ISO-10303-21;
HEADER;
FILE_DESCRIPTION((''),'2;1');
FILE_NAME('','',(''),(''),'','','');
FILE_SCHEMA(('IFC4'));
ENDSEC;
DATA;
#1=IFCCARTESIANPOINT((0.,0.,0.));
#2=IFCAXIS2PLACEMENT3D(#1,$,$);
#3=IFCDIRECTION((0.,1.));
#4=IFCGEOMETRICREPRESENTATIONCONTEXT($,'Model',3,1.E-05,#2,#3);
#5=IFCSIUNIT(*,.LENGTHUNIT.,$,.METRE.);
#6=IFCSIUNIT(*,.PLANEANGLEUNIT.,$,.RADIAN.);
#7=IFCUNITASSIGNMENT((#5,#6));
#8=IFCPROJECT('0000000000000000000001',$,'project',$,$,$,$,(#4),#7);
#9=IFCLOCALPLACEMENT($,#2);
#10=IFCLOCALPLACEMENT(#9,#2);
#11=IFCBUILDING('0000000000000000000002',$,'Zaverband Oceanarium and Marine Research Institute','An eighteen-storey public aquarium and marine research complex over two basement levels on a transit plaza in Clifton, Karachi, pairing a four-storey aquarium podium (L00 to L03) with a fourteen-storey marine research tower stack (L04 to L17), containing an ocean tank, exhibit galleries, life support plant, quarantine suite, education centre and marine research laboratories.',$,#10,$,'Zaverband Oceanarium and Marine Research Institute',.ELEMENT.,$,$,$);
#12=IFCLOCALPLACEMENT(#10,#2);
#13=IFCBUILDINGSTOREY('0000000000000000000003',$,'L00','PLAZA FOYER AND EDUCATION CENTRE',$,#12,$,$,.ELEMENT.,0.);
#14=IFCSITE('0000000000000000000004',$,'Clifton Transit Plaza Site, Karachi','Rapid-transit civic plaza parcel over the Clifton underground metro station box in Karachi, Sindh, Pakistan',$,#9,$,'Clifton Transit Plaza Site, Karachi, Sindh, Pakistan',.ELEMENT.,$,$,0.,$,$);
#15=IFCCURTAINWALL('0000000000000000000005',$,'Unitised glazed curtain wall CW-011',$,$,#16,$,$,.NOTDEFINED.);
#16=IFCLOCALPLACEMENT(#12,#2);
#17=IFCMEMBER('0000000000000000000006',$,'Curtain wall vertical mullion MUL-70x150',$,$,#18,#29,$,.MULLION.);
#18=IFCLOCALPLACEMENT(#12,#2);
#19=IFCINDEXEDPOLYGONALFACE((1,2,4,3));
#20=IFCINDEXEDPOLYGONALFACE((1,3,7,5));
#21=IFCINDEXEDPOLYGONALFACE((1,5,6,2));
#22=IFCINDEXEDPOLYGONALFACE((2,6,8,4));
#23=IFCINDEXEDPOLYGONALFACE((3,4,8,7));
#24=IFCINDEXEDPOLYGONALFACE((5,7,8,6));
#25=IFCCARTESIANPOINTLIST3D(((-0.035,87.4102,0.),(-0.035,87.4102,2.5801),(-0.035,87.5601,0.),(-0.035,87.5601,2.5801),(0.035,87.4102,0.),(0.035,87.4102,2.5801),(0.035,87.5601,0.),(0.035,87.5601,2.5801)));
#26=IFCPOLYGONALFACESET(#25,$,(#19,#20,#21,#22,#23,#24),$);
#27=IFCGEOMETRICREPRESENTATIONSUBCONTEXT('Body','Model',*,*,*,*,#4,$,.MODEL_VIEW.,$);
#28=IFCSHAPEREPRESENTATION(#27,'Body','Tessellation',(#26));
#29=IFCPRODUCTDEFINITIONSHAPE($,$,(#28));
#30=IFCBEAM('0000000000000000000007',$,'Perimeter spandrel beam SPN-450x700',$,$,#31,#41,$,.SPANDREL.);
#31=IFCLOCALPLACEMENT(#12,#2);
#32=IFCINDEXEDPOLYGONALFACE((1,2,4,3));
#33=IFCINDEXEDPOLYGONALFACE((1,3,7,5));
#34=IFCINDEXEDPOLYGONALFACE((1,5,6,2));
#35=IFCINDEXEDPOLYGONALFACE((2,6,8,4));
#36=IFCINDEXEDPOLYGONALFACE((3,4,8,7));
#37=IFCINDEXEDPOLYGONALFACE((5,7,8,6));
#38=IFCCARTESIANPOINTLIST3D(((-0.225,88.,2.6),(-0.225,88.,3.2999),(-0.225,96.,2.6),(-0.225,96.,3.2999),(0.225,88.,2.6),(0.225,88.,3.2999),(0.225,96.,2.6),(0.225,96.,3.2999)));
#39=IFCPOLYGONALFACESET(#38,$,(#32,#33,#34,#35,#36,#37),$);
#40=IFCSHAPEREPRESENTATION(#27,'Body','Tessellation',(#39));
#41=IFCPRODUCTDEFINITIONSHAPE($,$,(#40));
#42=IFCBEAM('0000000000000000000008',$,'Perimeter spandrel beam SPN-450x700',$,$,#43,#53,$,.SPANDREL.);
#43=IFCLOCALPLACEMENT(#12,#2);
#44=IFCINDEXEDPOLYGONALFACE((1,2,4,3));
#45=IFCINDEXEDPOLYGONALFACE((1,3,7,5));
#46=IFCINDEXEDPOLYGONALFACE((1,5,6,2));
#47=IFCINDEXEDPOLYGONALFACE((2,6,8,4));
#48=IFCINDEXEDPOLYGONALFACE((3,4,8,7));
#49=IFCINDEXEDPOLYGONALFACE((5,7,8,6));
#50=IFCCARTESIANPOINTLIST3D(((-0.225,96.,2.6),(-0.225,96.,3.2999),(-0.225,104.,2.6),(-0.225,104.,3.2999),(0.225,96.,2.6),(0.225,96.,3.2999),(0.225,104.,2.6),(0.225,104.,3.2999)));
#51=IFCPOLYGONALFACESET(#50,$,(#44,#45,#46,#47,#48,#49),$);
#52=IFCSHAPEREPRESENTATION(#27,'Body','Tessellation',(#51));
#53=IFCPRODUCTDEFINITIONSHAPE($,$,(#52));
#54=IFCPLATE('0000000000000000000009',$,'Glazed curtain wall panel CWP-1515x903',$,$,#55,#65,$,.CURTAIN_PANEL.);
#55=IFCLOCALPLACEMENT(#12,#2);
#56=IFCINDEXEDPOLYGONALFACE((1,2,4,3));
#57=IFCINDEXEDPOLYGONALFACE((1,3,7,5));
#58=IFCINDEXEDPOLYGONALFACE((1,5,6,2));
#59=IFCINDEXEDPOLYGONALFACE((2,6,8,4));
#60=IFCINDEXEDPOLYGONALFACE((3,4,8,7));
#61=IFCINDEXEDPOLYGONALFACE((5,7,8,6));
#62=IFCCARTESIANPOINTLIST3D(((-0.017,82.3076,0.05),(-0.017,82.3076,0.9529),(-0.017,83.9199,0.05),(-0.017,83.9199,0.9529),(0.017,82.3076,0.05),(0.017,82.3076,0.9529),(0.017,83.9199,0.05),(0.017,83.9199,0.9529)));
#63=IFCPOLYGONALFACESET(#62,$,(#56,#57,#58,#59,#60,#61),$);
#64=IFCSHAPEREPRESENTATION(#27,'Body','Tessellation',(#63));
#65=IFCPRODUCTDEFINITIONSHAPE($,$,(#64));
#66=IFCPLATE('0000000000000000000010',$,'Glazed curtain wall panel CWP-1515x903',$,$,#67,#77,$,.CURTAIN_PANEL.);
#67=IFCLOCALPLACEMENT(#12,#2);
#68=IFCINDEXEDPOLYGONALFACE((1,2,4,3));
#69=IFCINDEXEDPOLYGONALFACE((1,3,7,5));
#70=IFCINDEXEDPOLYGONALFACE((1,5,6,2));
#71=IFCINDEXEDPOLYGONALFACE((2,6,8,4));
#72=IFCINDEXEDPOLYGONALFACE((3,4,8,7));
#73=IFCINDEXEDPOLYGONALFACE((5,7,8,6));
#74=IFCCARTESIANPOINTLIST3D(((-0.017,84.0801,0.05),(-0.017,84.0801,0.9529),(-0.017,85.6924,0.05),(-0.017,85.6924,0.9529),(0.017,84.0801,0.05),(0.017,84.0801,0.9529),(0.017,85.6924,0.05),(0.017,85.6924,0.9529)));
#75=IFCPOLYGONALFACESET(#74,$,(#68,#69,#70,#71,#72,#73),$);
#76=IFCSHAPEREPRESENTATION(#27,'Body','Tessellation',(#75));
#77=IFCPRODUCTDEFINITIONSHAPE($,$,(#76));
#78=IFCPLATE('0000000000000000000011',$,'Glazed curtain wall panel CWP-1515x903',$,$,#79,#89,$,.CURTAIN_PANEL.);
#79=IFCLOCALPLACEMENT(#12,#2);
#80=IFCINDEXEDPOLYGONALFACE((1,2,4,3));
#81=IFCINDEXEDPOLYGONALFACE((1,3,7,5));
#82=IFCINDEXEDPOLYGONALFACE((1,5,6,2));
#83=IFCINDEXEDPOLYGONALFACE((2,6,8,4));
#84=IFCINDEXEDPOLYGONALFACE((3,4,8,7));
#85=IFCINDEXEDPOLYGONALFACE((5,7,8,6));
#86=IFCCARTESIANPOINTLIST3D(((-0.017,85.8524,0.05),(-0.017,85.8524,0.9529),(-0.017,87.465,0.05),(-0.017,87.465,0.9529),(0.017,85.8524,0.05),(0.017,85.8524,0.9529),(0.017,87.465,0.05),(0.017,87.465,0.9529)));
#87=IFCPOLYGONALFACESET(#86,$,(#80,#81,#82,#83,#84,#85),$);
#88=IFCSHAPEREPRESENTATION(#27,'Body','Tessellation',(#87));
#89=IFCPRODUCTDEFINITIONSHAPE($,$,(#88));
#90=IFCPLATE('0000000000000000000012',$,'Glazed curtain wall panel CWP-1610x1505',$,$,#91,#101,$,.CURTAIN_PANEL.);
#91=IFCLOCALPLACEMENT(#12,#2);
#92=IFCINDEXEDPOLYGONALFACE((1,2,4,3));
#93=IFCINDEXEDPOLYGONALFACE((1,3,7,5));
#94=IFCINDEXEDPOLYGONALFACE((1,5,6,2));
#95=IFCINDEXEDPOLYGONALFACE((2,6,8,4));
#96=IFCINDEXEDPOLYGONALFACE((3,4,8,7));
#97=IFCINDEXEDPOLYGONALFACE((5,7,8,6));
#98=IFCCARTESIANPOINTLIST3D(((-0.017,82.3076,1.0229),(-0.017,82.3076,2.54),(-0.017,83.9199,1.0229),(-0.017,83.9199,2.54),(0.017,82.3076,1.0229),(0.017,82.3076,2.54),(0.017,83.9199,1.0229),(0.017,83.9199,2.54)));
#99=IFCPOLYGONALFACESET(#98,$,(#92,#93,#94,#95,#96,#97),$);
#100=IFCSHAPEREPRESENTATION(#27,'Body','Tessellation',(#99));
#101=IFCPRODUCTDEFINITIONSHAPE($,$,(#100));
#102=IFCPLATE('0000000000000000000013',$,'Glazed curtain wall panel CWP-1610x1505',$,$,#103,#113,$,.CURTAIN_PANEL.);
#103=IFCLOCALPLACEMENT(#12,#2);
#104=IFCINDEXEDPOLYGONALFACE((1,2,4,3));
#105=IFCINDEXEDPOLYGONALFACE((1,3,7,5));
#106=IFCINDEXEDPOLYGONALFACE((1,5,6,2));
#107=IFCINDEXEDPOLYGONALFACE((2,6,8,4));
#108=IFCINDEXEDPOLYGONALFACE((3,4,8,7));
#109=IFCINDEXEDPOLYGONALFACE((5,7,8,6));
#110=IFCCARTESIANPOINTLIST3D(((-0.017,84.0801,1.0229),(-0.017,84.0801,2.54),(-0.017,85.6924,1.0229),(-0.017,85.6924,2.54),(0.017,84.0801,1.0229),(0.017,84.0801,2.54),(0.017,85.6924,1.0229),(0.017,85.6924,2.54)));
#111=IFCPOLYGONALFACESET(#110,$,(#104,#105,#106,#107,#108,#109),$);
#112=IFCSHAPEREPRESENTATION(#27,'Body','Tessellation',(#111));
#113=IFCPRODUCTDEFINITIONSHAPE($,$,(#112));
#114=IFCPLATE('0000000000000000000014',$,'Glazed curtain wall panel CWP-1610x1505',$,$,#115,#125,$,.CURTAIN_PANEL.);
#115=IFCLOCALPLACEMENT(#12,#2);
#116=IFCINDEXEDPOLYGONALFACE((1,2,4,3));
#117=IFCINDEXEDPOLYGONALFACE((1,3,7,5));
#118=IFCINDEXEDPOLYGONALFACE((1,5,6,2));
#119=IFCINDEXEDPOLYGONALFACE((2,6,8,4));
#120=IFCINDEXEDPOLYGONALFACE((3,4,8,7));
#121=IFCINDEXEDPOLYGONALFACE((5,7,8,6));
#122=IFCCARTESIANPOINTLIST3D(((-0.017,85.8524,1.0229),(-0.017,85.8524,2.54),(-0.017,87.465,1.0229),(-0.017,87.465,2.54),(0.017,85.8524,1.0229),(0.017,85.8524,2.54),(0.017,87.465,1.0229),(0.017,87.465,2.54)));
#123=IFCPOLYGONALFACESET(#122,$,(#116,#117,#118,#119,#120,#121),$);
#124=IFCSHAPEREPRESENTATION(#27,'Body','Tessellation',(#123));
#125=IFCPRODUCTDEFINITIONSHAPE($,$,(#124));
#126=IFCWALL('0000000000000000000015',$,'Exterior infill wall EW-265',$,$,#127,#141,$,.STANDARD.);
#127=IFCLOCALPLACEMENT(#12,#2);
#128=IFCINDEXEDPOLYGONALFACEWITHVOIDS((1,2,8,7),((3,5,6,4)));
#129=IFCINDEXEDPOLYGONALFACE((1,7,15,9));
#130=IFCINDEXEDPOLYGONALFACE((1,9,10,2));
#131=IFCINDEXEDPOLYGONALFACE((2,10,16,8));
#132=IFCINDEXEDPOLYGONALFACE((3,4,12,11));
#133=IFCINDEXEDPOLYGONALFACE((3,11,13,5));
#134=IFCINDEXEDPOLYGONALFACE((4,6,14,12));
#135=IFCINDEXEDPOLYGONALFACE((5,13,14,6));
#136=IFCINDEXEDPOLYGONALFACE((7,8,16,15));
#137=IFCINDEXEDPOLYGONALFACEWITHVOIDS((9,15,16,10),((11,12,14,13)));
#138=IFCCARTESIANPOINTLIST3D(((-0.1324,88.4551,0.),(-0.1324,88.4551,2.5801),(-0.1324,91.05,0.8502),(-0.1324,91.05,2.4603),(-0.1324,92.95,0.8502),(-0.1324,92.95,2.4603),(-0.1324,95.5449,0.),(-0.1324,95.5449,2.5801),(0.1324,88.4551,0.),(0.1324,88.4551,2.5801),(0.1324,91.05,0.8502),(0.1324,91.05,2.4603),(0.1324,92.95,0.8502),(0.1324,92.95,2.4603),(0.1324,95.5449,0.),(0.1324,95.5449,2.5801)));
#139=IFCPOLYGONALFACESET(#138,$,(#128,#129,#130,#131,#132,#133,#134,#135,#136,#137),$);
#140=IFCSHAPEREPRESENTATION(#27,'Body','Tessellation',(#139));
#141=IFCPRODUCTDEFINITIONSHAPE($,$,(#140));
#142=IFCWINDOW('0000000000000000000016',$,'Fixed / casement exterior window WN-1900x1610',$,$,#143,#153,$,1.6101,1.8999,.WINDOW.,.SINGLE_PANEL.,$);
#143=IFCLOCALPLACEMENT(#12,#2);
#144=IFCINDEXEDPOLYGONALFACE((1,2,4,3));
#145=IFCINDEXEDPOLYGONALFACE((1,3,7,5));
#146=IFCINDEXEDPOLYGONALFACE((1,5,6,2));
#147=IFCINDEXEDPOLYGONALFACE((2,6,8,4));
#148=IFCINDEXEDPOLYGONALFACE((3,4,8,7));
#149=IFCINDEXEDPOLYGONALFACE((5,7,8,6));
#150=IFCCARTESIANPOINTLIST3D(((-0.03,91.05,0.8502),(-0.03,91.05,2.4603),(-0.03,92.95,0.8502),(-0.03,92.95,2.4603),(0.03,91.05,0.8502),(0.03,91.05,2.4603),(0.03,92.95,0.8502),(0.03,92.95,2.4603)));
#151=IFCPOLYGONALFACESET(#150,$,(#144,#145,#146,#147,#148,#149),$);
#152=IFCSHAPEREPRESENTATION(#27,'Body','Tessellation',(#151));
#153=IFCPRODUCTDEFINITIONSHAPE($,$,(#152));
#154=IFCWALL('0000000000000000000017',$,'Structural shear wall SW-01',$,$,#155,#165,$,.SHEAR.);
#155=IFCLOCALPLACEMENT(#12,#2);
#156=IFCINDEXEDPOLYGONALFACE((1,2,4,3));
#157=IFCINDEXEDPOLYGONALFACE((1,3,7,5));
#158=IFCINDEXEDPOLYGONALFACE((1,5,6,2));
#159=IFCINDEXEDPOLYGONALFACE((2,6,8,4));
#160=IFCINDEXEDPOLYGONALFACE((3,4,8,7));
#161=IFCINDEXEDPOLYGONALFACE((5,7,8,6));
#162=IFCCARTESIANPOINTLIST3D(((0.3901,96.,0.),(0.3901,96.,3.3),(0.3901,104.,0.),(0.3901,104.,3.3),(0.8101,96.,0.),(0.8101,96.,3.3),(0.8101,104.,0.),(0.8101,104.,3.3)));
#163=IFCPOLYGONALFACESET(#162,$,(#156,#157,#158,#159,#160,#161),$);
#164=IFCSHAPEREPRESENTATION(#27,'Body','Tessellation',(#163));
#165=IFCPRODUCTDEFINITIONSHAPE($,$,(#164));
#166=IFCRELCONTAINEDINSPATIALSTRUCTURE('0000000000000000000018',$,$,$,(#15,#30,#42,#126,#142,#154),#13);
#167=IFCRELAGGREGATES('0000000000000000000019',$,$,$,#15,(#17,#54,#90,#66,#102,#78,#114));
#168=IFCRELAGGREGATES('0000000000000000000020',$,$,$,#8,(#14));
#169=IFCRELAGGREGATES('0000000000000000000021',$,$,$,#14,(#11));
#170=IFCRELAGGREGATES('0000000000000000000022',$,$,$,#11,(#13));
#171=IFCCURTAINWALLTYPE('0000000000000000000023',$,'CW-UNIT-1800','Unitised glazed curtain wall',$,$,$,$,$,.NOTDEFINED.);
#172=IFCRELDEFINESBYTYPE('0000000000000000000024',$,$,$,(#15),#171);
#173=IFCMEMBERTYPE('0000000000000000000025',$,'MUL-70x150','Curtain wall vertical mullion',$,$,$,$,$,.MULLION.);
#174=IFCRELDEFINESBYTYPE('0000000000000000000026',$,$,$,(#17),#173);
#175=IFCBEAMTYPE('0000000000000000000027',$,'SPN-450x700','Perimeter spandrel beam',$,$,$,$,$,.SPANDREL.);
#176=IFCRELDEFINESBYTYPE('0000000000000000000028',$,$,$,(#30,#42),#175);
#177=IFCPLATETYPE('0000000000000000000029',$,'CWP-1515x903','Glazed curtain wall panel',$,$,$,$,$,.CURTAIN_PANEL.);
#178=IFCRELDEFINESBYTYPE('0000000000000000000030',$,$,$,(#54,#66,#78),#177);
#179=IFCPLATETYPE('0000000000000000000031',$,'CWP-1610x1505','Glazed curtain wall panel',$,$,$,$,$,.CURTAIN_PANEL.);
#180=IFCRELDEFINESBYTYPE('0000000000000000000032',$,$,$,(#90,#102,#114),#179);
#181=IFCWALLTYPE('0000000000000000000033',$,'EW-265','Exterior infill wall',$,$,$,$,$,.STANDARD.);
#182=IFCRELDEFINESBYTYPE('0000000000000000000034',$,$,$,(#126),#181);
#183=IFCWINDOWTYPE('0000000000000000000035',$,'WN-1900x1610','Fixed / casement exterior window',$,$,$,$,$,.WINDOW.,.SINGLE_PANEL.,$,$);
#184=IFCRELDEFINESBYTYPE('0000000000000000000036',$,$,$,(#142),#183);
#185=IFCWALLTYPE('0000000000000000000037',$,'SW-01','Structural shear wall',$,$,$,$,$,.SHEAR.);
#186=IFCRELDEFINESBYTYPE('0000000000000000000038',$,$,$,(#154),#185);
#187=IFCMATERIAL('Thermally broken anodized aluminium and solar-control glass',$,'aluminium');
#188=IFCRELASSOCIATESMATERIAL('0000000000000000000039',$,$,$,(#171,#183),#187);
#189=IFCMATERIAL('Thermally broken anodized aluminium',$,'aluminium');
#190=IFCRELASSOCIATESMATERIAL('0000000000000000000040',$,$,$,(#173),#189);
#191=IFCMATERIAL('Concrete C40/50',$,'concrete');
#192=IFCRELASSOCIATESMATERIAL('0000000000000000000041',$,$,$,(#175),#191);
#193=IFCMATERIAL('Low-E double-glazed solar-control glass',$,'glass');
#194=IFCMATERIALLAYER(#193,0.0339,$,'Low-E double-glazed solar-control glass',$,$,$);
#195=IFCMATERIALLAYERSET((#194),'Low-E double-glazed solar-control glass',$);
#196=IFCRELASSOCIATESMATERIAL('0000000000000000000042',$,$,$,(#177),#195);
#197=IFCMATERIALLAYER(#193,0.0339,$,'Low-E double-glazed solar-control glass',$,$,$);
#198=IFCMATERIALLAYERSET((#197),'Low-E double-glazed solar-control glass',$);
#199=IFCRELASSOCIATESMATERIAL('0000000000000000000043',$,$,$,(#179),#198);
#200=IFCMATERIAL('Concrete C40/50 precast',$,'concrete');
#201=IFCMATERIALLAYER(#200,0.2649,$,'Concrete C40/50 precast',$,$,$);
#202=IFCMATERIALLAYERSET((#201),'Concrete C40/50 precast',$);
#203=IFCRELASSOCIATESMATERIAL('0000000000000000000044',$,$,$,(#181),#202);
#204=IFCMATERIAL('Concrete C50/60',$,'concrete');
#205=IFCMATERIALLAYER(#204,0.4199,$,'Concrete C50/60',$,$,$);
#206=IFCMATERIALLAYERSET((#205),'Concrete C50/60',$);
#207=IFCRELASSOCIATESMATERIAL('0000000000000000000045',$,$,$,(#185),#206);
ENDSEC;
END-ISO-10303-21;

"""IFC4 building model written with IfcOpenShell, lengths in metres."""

from ifc_helpers import new_model, si_unit, direction, frame, frame_2d, origin, origin_2d, place, context, subcontext, project, spatial, rectangle, extrude, material, layer, layer_set, material_profile, profile_set, type_object, element, fill, aggregate, save


model = new_model("IFC4")

# Units and contexts
model_context = context("Model", 3, precision=1e-05, world=origin(), true_north=direction((0.0, 1.0)))
body_context = subcontext(model_context, "Body", "Model", "MODEL_VIEW")
ifc_project = project(units=[si_unit("LENGTHUNIT", "METRE"), si_unit("PLANEANGLEUNIT", "RADIAN")], contexts=[model_context])

# Site, building, storey
site_placement = place(None, origin())
site = spatial("IfcSite", under=ifc_project, at=site_placement, Name="Clifton Transit Plaza Site, Karachi", Description="Rapid-transit civic plaza parcel over the Clifton underground metro station box in Karachi, Sindh, Pakistan", LongName="Clifton Transit Plaza Site, Karachi, Sindh, Pakistan", CompositionType="ELEMENT", RefElevation=0.0)
building_placement = place(site_placement, origin())
building = spatial("IfcBuilding", under=site, at=building_placement, Name="Zaverband Oceanarium and Marine Research Institute", Description="An eighteen-storey public aquarium and marine research complex over two basement levels on a transit plaza in Clifton, Karachi, pairing a four-storey aquarium podium (L00 to L03) with a fourteen-storey marine research tower stack (L04 to L17), containing an ocean tank, exhibit galleries, life support plant, quarantine suite, education centre and marine research laboratories.", LongName="Zaverband Oceanarium and Marine Research Institute", CompositionType="ELEMENT")
storey_placement = place(building_placement, origin())
storey = spatial("IfcBuildingStorey", under=building, at=storey_placement, Name="L00", Description="PLAZA FOYER AND EDUCATION CENTRE", CompositionType="ELEMENT", Elevation=0.0)

# Shared definitions
ifc_material_1 = material(Name="Concrete C50/60", Category="concrete")

# Shared definitions
ifc_material_2 = material(Name="Concrete C40/50", Category="concrete")

# Curtain wall, member
ifc_material_3 = material(Name="Thermally broken anodized aluminium and solar-control glass", Category="aluminium")
curtain_wall_type = type_object("IfcCurtainWallType", Name="CW-UNIT-1800", Description="Unitised glazed curtain wall", PredefinedType="NOTDEFINED", material=ifc_material_3)
curtain_wall_placement = place(storey_placement, origin())
curtain_wall = element("IfcCurtainWall", 1, at=curtain_wall_placement, inside=storey, type_object=curtain_wall_type, Name="Unitised glazed curtain wall CW-011", PredefinedType="NOTDEFINED")
ifc_material_4 = material(Name="Thermally broken anodized aluminium", Category="aluminium")
ifc_material_profile_1 = material_profile(ifc_material_4, rectangle(XDim=0.0701, YDim=0.1499, at=origin_2d()), Name="AL-MUL-70x150")
ifc_profile_set_1 = profile_set([ifc_material_profile_1], Name="Thermally broken anodized aluminium")
member_type = type_object("IfcMemberType", Name="MUL-70x150", Description="Curtain wall vertical mullion", PredefinedType="MULLION", material=ifc_profile_set_1)
member_1_placement = place(storey_placement, frame((0.0, 87.4851, 0.0), z_axis=(0.0, 0.0, 1.0), x_axis=(1.0, 0.0, 0.0)))
member_1 = element("IfcMember", 2, at=member_1_placement, type_object=member_type, Name="Curtain wall vertical mullion MUL-70x150", PredefinedType="MULLION", context=body_context, shape_type="SweptSolid", body=[
    extrude(rectangle(XDim=0.0701, YDim=0.1499, at=origin_2d()), origin(), (0.0, 0.0, 1.0), 2.5801),
])

# Beams
ifc_material_profile_2 = material_profile(ifc_material_2, rectangle(XDim=0.45, YDim=0.7, at=origin_2d()), Name="RC450x700")
ifc_profile_set_2 = profile_set([ifc_material_profile_2], Name="Concrete C40/50")
beam_type_1 = type_object("IfcBeamType", Name="SPN-450x700", Description="Perimeter spandrel beam", PredefinedType="SPANDREL", material=ifc_profile_set_2)
for number, where, z_axis, x_axis, name in (
    (3, (0.0, 88.0, 2.95), (0.0, 1.0, 0.0), (-1.0, 0.0, 0.0), "Perimeter spandrel beam SPN-450x700"),
    (4, (0.0, 96.0, 2.95), (0.0, 1.0, 0.0), (-1.0, 0.0, 0.0), "Perimeter spandrel beam SPN-450x700"),
):
    element("IfcBeam", number, at=place(storey_placement, frame(where, z_axis=z_axis, x_axis=x_axis)), inside=storey, type_object=beam_type_1, Name=name, PredefinedType="SPANDREL", context=body_context, shape_type="SweptSolid", body=[
        extrude(rectangle(XDim=0.45, YDim=0.7, at=origin_2d()), origin(), (0.0, 0.0, 1.0), 8.0),
    ])

# Plates
ifc_material_5 = material(Name="Low-E double-glazed solar-control glass", Category="glass")
ifc_layer_1 = layer(ifc_material_5, 0.0339, Name="Low-E double-glazed solar-control glass")
ifc_layer_set_1 = layer_set([ifc_layer_1], Name="Low-E double-glazed solar-control glass")
plate_type_1 = type_object("IfcPlateType", Name="CWP-1515x903", Description="Glazed curtain wall panel", PredefinedType="CURTAIN_PANEL", material=ifc_layer_set_1)
plate_1_placement = place(storey_placement, frame((0.0, 82.3076, 0.05), z_axis=(0.0, 0.0, 1.0), x_axis=(0.0, 1.0, 0.0)))
plate_1 = element("IfcPlate", 5, at=plate_1_placement, type_object=plate_type_1, Name="Glazed curtain wall panel CWP-1515x903", PredefinedType="CURTAIN_PANEL", context=body_context, shape_type="SweptSolid", body=[
    extrude(rectangle(XDim=1.6123, YDim=0.0339, at=frame_2d((0.8062, 0.0))), origin(), (0.0, 0.0, 1.0), 0.9028),
])
plate_2_placement = place(storey_placement, frame((0.0, 84.0801, 0.05), z_axis=(0.0, 0.0, 1.0), x_axis=(0.0, 1.0, 0.0)))
plate_2 = element("IfcPlate", 6, at=plate_2_placement, type_object=plate_type_1, Name="Glazed curtain wall panel CWP-1515x903", PredefinedType="CURTAIN_PANEL", context=body_context, shape_type="SweptSolid", body=[
    extrude(rectangle(XDim=1.6123, YDim=0.0339, at=frame_2d((0.8062, 0.0))), origin(), (0.0, 0.0, 1.0), 0.9028),
])
plate_3_placement = place(storey_placement, frame((0.0, 85.8525, 0.05), z_axis=(0.0, 0.0, 1.0), x_axis=(0.0, 1.0, 0.0)))
plate_3 = element("IfcPlate", 7, at=plate_3_placement, type_object=plate_type_1, Name="Glazed curtain wall panel CWP-1515x903", PredefinedType="CURTAIN_PANEL", context=body_context, shape_type="SweptSolid", body=[
    extrude(rectangle(XDim=1.6125, YDim=0.0339, at=frame_2d((0.8062, 0.0))), origin(), (0.0, 0.0, 1.0), 0.9028),
])
ifc_layer_2 = layer(ifc_material_5, 0.0339, Name="Low-E double-glazed solar-control glass")
ifc_layer_set_2 = layer_set([ifc_layer_2], Name="Low-E double-glazed solar-control glass")
plate_type_2 = type_object("IfcPlateType", Name="CWP-1610x1505", Description="Glazed curtain wall panel", PredefinedType="CURTAIN_PANEL", material=ifc_layer_set_2)
plate_4_placement = place(storey_placement, frame((0.0, 82.3076, 1.0229), z_axis=(0.0, 0.0, 1.0), x_axis=(0.0, 1.0, 0.0)))
plate_4 = element("IfcPlate", 8, at=plate_4_placement, type_object=plate_type_2, Name="Glazed curtain wall panel CWP-1610x1505", PredefinedType="CURTAIN_PANEL", context=body_context, shape_type="SweptSolid", body=[
    extrude(rectangle(XDim=1.6123, YDim=0.0339, at=frame_2d((0.8062, 0.0))), origin(), (0.0, 0.0, 1.0), 1.5171),
])
plate_5_placement = place(storey_placement, frame((0.0, 84.0801, 1.0229), z_axis=(0.0, 0.0, 1.0), x_axis=(0.0, 1.0, 0.0)))
plate_5 = element("IfcPlate", 9, at=plate_5_placement, type_object=plate_type_2, Name="Glazed curtain wall panel CWP-1610x1505", PredefinedType="CURTAIN_PANEL", context=body_context, shape_type="SweptSolid", body=[
    extrude(rectangle(XDim=1.6123, YDim=0.0339, at=frame_2d((0.8062, 0.0))), origin(), (0.0, 0.0, 1.0), 1.5171),
])
plate_6_placement = place(storey_placement, frame((0.0, 85.8525, 1.0229), z_axis=(0.0, 0.0, 1.0), x_axis=(0.0, 1.0, 0.0)))
plate_6 = element("IfcPlate", 10, at=plate_6_placement, type_object=plate_type_2, Name="Glazed curtain wall panel CWP-1610x1505", PredefinedType="CURTAIN_PANEL", context=body_context, shape_type="SweptSolid", body=[
    extrude(rectangle(XDim=1.6125, YDim=0.0339, at=frame_2d((0.8062, 0.0))), origin(), (0.0, 0.0, 1.0), 1.5171),
])
aggregate(curtain_wall, [member_1, plate_1, plate_4, plate_2, plate_5, plate_3, plate_6])

# Wall, opening, window
ifc_material_6 = material(Name="Concrete C40/50 precast", Category="concrete")
ifc_layer_3 = layer(ifc_material_6, 0.2649, Name="Concrete C40/50 precast")
ifc_layer_set_3 = layer_set([ifc_layer_3], Name="Concrete C40/50 precast")
wall_type_1 = type_object("IfcWallType", Name="EW-265", Description="Exterior infill wall", PredefinedType="STANDARD", material=ifc_layer_set_3)
wall_1_placement = place(storey_placement, frame((0.0, 88.4551, 0.0), z_axis=(0.0, 0.0, 1.0), x_axis=(0.0, 1.0, 0.0)))
wall_1 = element("IfcWall", 11, at=wall_1_placement, inside=storey, type_object=wall_type_1, Name="Exterior infill wall EW-265", PredefinedType="STANDARD", context=body_context, shape_type="SweptSolid", body=[
    extrude(rectangle(XDim=7.0898, YDim=0.2649, at=frame_2d((3.5449, 0.0))), origin(), (0.0, 0.0, 1.0), 2.5801),
])
opening_placement = place(wall_1_placement, frame((2.595, 0.0, 0.8501)))
opening = element("IfcOpeningElement", 12, at=opening_placement, cuts=wall_1, PredefinedType="OPENING", context=body_context, shape_type="SweptSolid", body=[
    extrude(rectangle(XDim=1.8999, YDim=1.6101, at=frame_2d((0.95, 0.8052))), frame((0.0, 0.1445, 0.0), z_axis=(0.0, -1.0, 0.0), x_axis=(1.0, 0.0, 0.0)), (0.0, 0.0, 1.0), 0.2888),
])
window_type = type_object("IfcWindowType", Name="WN-1900x1610", Description="Fixed / casement exterior window", PartitioningType="SINGLE_PANEL", PredefinedType="WINDOW", material=ifc_material_3)
window_placement = place(opening_placement, origin())
window = element("IfcWindow", 13, at=window_placement, inside=storey, type_object=window_type, Name="Fixed / casement exterior window WN-1900x1610", OverallHeight=1.6101, OverallWidth=1.8999, PartitioningType="SINGLE_PANEL", PredefinedType="WINDOW", context=body_context, shape_type="SweptSolid", body=[
    extrude(rectangle(XDim=1.8999, YDim=1.6101, at=frame_2d((0.95, 0.8052))), frame((0.0, 0.03, 0.0), z_axis=(0.0, -1.0, 0.0), x_axis=(1.0, 0.0, 0.0)), (0.0, 0.0, 1.0), 0.0601),
])
fill(opening, window)

# Wall
ifc_layer_4 = layer(ifc_material_1, 0.4199, Name="Concrete C50/60")
ifc_layer_set_4 = layer_set([ifc_layer_4], Name="Concrete C50/60")
wall_type_2 = type_object("IfcWallType", Name="SW-01", Description="Structural shear wall", PredefinedType="SHEAR", material=ifc_layer_set_4)
wall_2_placement = place(storey_placement, frame((0.6001, 96.0, 0.0), z_axis=(0.0, 0.0, 1.0), x_axis=(0.0, 1.0, 0.0)))
element("IfcWall", 14, at=wall_2_placement, inside=storey, type_object=wall_type_2, Name="Structural shear wall SW-01", PredefinedType="SHEAR", context=body_context, shape_type="SweptSolid", body=[
    extrude(rectangle(XDim=8.0, YDim=0.4199, at=frame_2d((4.0, 0.0))), origin(), (0.0, 0.0, 1.0), 3.3),
])

save(model, "model.ifc")
